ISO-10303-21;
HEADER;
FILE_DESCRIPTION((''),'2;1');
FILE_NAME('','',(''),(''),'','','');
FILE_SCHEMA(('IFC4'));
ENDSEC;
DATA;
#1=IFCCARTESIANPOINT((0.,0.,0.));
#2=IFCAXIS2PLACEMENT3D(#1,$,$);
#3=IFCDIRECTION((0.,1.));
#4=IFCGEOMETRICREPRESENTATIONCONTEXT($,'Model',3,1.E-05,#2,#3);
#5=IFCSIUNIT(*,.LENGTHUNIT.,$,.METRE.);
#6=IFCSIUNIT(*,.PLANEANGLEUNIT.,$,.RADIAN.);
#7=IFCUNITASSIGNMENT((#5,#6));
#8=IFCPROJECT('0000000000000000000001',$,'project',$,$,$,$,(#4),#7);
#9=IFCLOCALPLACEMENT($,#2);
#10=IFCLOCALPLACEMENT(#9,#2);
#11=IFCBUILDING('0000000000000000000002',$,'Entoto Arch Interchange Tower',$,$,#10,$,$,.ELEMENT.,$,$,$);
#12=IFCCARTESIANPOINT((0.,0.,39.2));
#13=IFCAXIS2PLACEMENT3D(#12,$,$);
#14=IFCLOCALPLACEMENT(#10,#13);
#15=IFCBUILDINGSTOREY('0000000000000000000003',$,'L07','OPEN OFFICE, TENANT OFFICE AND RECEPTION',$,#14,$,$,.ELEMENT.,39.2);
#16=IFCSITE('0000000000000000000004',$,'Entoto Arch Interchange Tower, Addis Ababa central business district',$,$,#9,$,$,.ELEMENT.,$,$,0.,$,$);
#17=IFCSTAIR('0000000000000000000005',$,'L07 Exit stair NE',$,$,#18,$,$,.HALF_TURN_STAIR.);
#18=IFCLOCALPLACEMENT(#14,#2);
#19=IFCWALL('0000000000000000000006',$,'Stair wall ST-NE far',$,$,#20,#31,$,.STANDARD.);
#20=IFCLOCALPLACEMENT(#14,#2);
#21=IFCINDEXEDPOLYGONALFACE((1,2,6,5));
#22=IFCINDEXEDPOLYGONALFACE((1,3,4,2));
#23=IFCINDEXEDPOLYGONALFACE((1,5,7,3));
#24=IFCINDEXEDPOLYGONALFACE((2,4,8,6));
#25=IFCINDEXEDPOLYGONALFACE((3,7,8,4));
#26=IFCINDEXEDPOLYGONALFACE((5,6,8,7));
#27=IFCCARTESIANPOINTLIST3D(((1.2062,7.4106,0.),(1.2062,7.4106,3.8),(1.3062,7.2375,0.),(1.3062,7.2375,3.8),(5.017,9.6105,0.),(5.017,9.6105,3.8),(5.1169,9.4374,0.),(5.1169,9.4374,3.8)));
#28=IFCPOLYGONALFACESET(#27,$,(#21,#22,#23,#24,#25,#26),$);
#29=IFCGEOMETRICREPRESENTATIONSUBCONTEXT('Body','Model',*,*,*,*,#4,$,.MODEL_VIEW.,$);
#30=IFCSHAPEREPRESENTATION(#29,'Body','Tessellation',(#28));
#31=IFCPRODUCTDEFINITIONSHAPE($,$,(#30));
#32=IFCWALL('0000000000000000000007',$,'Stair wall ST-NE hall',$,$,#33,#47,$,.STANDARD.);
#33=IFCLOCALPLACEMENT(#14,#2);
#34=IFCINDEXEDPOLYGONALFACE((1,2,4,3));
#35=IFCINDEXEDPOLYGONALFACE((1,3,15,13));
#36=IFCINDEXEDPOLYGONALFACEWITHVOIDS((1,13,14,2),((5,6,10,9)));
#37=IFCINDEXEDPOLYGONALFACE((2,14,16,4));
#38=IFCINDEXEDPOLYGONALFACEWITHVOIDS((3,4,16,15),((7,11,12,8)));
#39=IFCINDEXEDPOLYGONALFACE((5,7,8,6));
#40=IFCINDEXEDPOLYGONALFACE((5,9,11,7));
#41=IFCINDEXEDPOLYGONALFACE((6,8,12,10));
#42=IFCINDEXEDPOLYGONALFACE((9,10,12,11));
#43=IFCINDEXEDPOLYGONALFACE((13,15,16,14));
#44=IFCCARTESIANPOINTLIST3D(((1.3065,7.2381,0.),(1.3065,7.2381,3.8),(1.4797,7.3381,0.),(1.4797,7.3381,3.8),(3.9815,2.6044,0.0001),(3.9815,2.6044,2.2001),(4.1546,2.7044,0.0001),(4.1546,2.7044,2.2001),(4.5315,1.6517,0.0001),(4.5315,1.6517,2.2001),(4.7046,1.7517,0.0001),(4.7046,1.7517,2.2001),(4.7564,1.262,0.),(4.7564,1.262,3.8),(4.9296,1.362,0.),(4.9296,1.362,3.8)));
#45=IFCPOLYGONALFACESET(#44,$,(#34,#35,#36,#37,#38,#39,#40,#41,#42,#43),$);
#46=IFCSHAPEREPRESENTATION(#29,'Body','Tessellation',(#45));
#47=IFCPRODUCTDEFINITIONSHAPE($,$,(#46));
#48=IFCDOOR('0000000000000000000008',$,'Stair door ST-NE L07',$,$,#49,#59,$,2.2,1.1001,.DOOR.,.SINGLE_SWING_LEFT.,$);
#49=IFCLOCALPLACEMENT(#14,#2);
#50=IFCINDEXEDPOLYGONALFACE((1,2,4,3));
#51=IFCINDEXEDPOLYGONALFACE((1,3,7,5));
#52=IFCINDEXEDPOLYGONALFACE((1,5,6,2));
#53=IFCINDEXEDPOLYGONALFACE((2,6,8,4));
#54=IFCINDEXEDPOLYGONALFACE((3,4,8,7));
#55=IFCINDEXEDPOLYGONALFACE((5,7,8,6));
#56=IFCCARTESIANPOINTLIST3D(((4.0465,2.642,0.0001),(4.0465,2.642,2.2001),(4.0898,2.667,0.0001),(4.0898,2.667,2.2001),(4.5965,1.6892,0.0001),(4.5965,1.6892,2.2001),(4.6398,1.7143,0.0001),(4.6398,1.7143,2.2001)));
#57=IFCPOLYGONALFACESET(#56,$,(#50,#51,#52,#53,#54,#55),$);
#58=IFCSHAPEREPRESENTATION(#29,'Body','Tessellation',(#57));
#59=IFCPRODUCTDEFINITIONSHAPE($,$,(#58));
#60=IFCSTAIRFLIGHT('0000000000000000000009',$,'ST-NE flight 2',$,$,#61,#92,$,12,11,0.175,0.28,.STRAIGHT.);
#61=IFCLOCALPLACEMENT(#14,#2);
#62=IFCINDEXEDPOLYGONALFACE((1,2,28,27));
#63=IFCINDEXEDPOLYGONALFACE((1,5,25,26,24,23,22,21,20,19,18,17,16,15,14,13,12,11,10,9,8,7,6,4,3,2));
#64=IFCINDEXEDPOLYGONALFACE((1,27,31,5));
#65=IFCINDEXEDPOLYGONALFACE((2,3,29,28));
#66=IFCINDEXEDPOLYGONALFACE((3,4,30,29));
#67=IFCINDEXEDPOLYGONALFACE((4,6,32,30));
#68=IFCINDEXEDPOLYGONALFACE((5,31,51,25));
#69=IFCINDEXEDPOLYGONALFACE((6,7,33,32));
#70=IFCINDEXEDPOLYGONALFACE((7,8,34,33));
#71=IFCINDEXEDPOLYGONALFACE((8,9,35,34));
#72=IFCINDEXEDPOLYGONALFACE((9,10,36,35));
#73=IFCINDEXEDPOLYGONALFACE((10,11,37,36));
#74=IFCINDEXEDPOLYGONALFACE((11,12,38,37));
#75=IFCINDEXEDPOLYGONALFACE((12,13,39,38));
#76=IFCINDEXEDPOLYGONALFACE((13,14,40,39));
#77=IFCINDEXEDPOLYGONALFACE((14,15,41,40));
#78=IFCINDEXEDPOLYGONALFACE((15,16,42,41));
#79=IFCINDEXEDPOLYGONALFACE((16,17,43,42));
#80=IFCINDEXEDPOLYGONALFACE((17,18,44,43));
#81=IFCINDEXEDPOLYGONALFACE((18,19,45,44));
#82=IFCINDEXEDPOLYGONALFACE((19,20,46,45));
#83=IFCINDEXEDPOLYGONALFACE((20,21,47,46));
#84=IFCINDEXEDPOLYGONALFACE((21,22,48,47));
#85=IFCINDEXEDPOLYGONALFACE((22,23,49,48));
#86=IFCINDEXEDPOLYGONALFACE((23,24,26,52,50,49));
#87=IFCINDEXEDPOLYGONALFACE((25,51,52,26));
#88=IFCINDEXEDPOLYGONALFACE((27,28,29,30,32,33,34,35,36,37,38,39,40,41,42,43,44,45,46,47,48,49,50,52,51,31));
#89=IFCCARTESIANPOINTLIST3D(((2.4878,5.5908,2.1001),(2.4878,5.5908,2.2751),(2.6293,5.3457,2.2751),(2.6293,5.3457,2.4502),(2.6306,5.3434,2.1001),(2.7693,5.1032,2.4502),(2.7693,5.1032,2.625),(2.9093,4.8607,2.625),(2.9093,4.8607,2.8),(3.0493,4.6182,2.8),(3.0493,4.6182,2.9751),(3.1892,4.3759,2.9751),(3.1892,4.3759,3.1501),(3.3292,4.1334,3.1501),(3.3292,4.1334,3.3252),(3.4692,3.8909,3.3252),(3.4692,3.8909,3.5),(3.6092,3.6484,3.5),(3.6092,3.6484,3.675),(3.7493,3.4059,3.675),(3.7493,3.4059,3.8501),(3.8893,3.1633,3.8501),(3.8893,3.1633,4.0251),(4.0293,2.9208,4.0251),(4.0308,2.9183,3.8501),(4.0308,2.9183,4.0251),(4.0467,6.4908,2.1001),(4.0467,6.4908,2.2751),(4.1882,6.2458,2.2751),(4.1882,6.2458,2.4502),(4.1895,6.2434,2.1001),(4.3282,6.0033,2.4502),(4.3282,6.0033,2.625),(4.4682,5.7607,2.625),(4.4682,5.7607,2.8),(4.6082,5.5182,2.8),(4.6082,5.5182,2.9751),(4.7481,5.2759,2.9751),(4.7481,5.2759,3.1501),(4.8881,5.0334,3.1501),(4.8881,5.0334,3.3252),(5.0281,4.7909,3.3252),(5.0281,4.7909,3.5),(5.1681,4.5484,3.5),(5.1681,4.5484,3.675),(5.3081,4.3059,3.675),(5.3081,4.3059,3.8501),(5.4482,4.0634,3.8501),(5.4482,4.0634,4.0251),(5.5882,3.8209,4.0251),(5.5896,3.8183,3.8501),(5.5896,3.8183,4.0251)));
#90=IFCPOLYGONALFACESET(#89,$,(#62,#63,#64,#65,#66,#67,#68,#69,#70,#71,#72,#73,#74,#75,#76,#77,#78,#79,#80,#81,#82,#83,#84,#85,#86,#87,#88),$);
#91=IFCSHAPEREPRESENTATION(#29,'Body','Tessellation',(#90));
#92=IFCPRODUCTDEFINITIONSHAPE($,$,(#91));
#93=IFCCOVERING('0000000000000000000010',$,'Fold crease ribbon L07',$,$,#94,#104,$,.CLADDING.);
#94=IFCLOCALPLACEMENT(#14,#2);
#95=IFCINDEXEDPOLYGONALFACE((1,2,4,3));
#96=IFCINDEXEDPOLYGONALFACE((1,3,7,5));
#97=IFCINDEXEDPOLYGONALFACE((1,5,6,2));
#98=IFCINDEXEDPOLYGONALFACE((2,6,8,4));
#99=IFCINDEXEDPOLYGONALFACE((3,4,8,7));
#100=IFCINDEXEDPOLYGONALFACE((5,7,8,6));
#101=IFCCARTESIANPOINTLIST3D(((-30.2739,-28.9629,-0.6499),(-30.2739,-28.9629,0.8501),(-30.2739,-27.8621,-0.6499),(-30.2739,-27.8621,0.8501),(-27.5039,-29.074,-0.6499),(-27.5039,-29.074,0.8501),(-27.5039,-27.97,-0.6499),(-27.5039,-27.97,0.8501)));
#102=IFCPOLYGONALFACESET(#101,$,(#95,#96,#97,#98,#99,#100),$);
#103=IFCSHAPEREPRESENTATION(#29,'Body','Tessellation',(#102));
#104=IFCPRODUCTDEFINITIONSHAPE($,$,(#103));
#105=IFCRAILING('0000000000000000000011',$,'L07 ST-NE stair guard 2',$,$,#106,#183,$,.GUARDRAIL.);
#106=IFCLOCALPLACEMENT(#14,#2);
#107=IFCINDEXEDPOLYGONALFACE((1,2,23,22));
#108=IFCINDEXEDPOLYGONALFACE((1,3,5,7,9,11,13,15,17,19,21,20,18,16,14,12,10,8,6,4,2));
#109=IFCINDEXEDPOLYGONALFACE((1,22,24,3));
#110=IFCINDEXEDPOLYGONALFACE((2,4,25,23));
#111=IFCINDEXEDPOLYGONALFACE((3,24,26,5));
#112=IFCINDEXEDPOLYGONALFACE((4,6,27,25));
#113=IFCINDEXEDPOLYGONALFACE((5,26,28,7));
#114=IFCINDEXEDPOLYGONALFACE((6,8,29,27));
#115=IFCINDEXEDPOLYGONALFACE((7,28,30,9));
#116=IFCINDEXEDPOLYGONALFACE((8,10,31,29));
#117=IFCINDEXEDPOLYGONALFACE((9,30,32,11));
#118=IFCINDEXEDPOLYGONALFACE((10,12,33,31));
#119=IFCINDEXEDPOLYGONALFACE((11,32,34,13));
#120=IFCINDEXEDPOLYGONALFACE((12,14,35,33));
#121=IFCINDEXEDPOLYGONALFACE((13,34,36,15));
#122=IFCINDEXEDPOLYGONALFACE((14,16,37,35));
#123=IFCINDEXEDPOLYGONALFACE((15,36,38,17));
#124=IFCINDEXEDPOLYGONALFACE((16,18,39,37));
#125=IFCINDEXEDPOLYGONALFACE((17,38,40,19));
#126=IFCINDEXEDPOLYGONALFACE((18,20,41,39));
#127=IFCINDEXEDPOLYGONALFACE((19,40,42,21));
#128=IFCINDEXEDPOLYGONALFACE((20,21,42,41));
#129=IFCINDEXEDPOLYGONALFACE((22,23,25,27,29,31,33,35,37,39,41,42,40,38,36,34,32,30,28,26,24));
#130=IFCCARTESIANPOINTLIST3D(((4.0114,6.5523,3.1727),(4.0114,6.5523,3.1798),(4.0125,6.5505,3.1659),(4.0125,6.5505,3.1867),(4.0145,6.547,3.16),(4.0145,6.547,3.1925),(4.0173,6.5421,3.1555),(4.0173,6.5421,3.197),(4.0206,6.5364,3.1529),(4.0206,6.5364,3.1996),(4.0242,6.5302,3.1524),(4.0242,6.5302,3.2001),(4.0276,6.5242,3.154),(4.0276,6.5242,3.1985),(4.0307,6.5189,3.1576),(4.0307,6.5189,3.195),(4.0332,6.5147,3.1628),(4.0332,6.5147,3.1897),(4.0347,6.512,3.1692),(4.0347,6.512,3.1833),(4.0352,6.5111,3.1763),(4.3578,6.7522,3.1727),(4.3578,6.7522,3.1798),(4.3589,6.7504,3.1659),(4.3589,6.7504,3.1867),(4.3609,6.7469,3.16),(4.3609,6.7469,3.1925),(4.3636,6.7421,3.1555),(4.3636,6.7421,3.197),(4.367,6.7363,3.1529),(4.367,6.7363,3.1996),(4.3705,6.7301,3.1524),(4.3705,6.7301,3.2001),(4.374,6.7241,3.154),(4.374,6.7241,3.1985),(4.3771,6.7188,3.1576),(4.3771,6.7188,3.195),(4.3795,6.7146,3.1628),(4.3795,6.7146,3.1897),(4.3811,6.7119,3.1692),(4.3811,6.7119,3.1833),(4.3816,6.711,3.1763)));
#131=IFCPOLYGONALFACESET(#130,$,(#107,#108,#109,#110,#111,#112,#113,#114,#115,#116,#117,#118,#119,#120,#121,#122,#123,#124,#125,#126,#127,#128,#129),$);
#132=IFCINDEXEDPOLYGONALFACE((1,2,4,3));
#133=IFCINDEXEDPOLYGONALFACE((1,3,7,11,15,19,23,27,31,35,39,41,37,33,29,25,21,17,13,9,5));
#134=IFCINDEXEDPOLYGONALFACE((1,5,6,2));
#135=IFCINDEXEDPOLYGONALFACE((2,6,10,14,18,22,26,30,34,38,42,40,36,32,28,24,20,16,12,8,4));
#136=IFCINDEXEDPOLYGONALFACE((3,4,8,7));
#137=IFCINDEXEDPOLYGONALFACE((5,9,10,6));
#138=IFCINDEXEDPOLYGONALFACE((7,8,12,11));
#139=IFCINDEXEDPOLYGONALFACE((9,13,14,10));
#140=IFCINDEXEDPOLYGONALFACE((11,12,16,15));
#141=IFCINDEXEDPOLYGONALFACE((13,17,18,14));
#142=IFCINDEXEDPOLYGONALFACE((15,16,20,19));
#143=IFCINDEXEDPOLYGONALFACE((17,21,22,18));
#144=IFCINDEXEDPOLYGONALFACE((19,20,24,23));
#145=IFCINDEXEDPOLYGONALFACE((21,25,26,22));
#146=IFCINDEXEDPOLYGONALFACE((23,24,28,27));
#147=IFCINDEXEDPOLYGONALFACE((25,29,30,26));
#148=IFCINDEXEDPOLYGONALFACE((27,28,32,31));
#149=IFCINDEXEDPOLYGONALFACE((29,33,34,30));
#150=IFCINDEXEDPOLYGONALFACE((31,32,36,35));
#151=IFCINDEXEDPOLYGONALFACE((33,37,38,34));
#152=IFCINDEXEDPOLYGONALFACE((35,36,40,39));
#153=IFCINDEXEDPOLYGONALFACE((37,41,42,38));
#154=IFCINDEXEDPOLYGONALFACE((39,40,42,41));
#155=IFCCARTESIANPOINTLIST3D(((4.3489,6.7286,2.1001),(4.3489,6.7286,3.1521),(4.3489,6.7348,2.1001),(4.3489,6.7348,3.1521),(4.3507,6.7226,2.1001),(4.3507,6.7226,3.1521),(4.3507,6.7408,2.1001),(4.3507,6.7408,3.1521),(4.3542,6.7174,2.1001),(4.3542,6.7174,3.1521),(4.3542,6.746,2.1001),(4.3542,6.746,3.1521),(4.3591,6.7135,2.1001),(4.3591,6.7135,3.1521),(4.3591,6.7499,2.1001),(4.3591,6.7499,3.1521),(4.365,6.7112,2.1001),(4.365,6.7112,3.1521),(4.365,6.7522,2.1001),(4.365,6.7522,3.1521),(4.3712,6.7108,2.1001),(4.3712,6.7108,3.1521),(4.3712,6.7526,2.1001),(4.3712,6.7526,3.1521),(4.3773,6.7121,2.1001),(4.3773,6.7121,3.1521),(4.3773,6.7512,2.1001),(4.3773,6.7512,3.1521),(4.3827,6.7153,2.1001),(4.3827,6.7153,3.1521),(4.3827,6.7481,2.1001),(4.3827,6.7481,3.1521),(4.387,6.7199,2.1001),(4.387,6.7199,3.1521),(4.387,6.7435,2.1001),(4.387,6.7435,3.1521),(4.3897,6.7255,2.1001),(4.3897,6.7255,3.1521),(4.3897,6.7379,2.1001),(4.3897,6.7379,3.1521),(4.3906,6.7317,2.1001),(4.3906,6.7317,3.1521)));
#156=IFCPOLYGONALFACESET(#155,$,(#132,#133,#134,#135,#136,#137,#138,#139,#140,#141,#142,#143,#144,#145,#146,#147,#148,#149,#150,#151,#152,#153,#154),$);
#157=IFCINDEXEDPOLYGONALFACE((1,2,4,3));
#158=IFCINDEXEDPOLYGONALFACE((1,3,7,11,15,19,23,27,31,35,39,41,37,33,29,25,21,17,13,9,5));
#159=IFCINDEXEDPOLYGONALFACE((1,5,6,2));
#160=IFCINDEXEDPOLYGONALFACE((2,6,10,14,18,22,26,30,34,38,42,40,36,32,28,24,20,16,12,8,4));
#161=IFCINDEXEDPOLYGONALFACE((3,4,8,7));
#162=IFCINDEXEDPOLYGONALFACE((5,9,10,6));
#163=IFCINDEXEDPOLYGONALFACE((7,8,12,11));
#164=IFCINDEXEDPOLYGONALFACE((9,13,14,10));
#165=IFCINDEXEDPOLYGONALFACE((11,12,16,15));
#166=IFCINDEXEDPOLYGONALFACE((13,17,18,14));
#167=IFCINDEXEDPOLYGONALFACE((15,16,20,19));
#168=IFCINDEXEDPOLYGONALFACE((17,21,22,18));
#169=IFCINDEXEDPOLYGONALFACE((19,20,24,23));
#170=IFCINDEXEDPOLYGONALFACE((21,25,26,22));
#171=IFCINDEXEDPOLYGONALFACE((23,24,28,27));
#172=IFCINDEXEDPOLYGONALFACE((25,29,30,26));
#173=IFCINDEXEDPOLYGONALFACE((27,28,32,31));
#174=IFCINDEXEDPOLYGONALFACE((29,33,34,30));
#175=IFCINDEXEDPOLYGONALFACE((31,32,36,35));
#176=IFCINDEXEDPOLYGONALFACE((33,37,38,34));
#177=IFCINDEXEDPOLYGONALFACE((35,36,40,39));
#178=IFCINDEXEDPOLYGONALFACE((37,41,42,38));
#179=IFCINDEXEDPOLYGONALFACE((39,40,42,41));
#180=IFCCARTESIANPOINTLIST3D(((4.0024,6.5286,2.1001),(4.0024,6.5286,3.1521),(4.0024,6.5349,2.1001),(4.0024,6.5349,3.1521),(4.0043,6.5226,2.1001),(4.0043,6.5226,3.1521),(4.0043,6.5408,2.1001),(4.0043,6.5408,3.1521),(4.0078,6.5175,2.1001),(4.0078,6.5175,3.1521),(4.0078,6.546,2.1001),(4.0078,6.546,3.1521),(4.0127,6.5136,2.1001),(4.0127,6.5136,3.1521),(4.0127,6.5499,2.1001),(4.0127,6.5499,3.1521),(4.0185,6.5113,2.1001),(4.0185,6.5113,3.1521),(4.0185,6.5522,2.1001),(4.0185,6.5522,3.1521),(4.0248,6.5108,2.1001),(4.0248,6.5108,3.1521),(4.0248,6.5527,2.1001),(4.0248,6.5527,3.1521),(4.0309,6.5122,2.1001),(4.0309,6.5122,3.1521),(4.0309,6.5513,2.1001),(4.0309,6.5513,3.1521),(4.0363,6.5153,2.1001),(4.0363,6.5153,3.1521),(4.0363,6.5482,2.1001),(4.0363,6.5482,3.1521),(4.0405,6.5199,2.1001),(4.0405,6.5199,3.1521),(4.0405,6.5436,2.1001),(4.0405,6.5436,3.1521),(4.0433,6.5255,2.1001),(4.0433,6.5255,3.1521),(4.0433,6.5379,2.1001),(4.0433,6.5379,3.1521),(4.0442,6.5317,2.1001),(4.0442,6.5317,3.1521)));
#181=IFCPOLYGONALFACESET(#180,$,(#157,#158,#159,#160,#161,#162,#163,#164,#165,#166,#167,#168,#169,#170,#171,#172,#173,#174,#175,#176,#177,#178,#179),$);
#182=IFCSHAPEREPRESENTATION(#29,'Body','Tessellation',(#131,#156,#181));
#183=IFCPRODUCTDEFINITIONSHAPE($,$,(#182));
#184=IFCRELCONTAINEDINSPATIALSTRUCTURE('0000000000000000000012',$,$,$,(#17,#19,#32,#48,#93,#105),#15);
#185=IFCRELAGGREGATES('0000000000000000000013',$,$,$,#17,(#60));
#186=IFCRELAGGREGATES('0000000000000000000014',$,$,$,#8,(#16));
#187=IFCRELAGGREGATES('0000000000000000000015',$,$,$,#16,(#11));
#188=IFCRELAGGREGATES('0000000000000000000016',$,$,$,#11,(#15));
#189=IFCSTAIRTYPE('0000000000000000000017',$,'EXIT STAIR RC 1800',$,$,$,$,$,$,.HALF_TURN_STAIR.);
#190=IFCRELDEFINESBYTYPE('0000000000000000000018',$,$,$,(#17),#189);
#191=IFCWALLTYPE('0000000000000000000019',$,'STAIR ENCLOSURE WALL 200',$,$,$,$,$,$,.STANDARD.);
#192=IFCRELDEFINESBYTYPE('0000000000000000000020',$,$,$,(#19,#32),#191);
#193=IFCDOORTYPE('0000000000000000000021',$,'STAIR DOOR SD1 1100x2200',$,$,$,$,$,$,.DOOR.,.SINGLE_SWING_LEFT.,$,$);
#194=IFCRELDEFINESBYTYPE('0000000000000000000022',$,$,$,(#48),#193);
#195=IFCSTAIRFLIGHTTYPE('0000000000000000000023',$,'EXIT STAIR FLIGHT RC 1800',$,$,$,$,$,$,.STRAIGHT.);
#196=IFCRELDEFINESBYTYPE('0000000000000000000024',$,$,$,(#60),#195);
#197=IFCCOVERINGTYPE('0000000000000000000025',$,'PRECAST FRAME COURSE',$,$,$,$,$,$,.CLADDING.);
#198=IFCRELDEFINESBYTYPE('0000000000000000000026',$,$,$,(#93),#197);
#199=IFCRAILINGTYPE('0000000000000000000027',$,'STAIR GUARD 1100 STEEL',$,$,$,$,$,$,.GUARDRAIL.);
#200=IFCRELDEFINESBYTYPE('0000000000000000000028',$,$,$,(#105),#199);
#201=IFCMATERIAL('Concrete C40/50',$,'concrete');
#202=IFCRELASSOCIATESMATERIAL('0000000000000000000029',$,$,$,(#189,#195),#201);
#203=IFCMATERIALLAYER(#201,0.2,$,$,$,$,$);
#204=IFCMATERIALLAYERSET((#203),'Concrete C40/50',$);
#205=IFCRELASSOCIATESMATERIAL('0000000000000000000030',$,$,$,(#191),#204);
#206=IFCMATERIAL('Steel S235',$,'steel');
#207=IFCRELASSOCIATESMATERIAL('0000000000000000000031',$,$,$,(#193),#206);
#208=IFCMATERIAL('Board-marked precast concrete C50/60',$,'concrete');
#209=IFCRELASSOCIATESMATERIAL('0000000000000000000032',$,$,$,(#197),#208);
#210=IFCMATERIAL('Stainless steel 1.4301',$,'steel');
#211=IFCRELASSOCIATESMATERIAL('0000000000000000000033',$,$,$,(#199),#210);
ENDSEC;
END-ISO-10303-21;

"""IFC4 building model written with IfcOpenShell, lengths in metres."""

from ifc_helpers import new_model, si_unit, direction, frame, frame_2d, origin, origin_2d, place, context, subcontext, project, spatial, polyline, rectangle, circle, outline, extrude, material, layer, layer_set, type_object, element, fill, aggregate, save


model = new_model("IFC4")

# Units and contexts
model_context = context("Model", 3, precision=1e-05, world=origin(), true_north=direction((0.0, 1.0)))
body_context = subcontext(model_context, "Body", "Model", "MODEL_VIEW")
ifc_project = project(units=[si_unit("LENGTHUNIT", "METRE"), si_unit("PLANEANGLEUNIT", "RADIAN")], contexts=[model_context])

# Site, building, storey
site_placement = place(None, origin())
site = spatial("IfcSite", under=ifc_project, at=site_placement, Name="Entoto Arch Interchange Tower, Addis Ababa central business district", CompositionType="ELEMENT", RefElevation=0.0)
building_placement = place(site_placement, origin())
building = spatial("IfcBuilding", under=site, at=building_placement, Name="Entoto Arch Interchange Tower", CompositionType="ELEMENT")
storey_placement = place(building_placement, frame((0.0, 0.0, 39.2)))
storey = spatial("IfcBuildingStorey", under=building, at=storey_placement, Name="L07", Description="OPEN OFFICE, TENANT OFFICE AND RECEPTION", CompositionType="ELEMENT", Elevation=39.2)

# Shared definitions
ifc_material_1 = material(Name="Board-marked precast concrete C50/60", Category="concrete")
ifc_material_2 = material(Name="Concrete C40/50", Category="concrete")

# Stair
stair_type = type_object("IfcStairType", Name="EXIT STAIR RC 1800", PredefinedType="HALF_TURN_STAIR", material=ifc_material_2)
stair_1_placement = place(storey_placement, origin())
stair_1 = element("IfcStair", 1, at=stair_1_placement, inside=storey, type_object=stair_type, Name="L07 Exit stair NE", PredefinedType="HALF_TURN_STAIR")

# Shared definitions
ifc_layer_1 = layer(ifc_material_2, 0.2)
ifc_layer_set_1 = layer_set([ifc_layer_1], Name="Concrete C40/50")
wall_type_1 = type_object("IfcWallType", Name="STAIR ENCLOSURE WALL 200", PredefinedType="STANDARD", material=ifc_layer_set_1)
ifc_material_3 = material(Name="Steel S235", Category="steel")
door_type = type_object("IfcDoorType", Name="STAIR DOOR SD1 1100x2200", OperationType="SINGLE_SWING_LEFT", PredefinedType="DOOR", material=ifc_material_3)

# Wall
wall_1_placement = place(storey_placement, frame((1.2561, 7.324, 0.0), z_axis=(0.0, 0.0, 1.0), x_axis=(0.866046, 0.499964, 0.0)))
element("IfcWall", 2, at=wall_1_placement, inside=storey, type_object=wall_type_1, Name="Stair wall ST-NE far", PredefinedType="STANDARD", context=body_context, shape_type="SweptSolid", body=[
    extrude(rectangle(XDim=4.4001, YDim=0.2, at=frame_2d((2.2002, 0.0))), origin(), (0.0, 0.0, 1.0), 3.8),
])

# Wall, opening, door
wall_2_placement = place(storey_placement, frame((4.843, 1.312, 0.0), z_axis=(0.0, 0.0, 1.0), x_axis=(-0.499963, 0.866047, 0.0)))
wall_2 = element("IfcWall", 3, at=wall_2_placement, inside=storey, type_object=wall_type_1, Name="Stair wall ST-NE hall", PredefinedType="STANDARD", context=body_context, shape_type="SweptSolid", body=[
    extrude(rectangle(XDim=6.9004, YDim=0.2, at=frame_2d((3.4502, 0.0))), origin(), (0.0, 0.0, 1.0), 3.8),
])
opening_1_placement = place(wall_2_placement, frame((0.45, 0.0, 0.0)))
opening_1 = element("IfcOpeningElement", 4, at=opening_1_placement, cuts=wall_2, PredefinedType="OPENING", context=body_context, shape_type="SweptSolid", body=[
    extrude(rectangle(XDim=1.1001, YDim=2.2, at=frame_2d((0.55, 1.1001))), frame((0.0, 0.1099, 0.0), z_axis=(0.0, -1.0, 0.0), x_axis=(1.0, 0.0, 0.0)), (0.0, 0.0, 1.0), 0.22),
])
door_1_placement = place(opening_1_placement, origin())
door_1 = element("IfcDoor", 5, at=door_1_placement, inside=storey, type_object=door_type, Name="Stair door ST-NE L07", OperationType="SINGLE_SWING_LEFT", OverallHeight=2.2, OverallWidth=1.1001, PredefinedType="DOOR", context=body_context, shape_type="SweptSolid", body=[
    extrude(rectangle(XDim=1.1001, YDim=2.2, at=frame_2d((0.55, 1.1001))), frame((0.0, 0.0249, 0.0), z_axis=(0.0, -1.0, 0.0), x_axis=(1.0, 0.0, 0.0)), (0.0, 0.0, 1.0), 0.05),
])
fill(opening_1, door_1)

# Stair flight
stair_flight_type = type_object("IfcStairFlightType", Name="EXIT STAIR FLIGHT RC 1800", PredefinedType="STRAIGHT", material=ifc_material_2)
stair_flight_placement = place(storey_placement, frame((3.2688, 6.0383, 2.1001), z_axis=(0.0, 0.0, 1.0), x_axis=(0.5, -0.866025, 0.0)))
stair_flight = element("IfcStairFlight", 6, at=stair_flight_placement, type_object=stair_flight_type, Name="ST-NE flight 2", NumberOfRisers=12, NumberOfTreads=11, PredefinedType="STRAIGHT", RiserHeight=0.175, TreadLength=0.28, context=body_context, shape_type="SweptSolid", body=[
    extrude(outline(polyline([(-0.0029, 0.0), (-0.0029, 0.175), (0.28, 0.175), (0.28, 0.3501), (0.5601, 0.3501), (0.5601, 0.5249), (0.8401, 0.5249), (0.8401, 0.7), (1.1201, 0.7), (1.1201, 0.875), (1.3999, 0.875), (1.3999, 1.05), (1.6799, 1.05), (1.6799, 1.2251), (1.96, 1.2251), (1.96, 1.3999), (2.24, 1.3999), (2.24, 1.575), (2.52, 1.575), (2.52, 1.75), (2.8, 1.75), (2.8, 1.925), (3.0801, 1.925), (3.083, 1.925), (3.083, 1.75), (0.2827, 0.0), (-0.0029, 0.0)])), frame((0.0, 0.8999, 0.0), z_axis=(0.0, -1.0, 0.0), x_axis=(1.0, 0.0, 0.0)), (0.0, 0.0, 1.0), 1.8),
])
aggregate(stair_1, [stair_flight])

# Covering
covering_type = type_object("IfcCoveringType", Name="PRECAST FRAME COURSE", PredefinedType="CLADDING", material=ifc_material_1)
covering_placement = place(storey_placement, frame((0.0, 0.0, -0.6499)))
element("IfcCovering", 7, at=covering_placement, inside=storey, type_object=covering_type, Name="Fold crease ribbon L07", PredefinedType="CLADDING", context=body_context, shape_type="SweptSolid", body=[
    extrude(outline(polyline([(-30.2739, -28.9629), (-30.2739, -27.8621), (-27.5039, -27.97), (-27.5039, -29.074), (-30.2739, -28.9629)])), origin(), (0.0, 0.0, 1.0), 1.5),
])

# Railing
ifc_material_4 = material(Name="Stainless steel 1.4301", Category="steel")
railing_type_1 = type_object("IfcRailingType", Name="STAIR GUARD 1100 STEEL", PredefinedType="GUARDRAIL", material=ifc_material_4)
railing_1_placement = place(storey_placement, frame((4.3696, 6.7317, 2.1001)))
element("IfcRailing", 8, at=railing_1_placement, inside=storey, type_object=railing_type_1, Name="L07 ST-NE stair guard 2", PredefinedType="GUARDRAIL", context=body_context, shape_type="SweptSolid", body=[
    extrude(circle(Radius=0.0239, at=origin_2d()), frame((0.0, 0.0, 1.0762), z_axis=(-0.866094, -0.499881, 0.0), x_axis=(0.499881, -0.866094, 0.0)), (0.0, 0.0, 1.0), 0.3999),
    extrude(circle(Radius=0.021, at=origin_2d()), origin(), (0.0, 0.0, 1.0), 1.052),
    extrude(circle(Radius=0.021, at=origin_2d()), frame((-0.3464, -0.2, 0.0)), (0.0, 0.0, 1.0), 1.052),
])

save(model, "model.ifc")
